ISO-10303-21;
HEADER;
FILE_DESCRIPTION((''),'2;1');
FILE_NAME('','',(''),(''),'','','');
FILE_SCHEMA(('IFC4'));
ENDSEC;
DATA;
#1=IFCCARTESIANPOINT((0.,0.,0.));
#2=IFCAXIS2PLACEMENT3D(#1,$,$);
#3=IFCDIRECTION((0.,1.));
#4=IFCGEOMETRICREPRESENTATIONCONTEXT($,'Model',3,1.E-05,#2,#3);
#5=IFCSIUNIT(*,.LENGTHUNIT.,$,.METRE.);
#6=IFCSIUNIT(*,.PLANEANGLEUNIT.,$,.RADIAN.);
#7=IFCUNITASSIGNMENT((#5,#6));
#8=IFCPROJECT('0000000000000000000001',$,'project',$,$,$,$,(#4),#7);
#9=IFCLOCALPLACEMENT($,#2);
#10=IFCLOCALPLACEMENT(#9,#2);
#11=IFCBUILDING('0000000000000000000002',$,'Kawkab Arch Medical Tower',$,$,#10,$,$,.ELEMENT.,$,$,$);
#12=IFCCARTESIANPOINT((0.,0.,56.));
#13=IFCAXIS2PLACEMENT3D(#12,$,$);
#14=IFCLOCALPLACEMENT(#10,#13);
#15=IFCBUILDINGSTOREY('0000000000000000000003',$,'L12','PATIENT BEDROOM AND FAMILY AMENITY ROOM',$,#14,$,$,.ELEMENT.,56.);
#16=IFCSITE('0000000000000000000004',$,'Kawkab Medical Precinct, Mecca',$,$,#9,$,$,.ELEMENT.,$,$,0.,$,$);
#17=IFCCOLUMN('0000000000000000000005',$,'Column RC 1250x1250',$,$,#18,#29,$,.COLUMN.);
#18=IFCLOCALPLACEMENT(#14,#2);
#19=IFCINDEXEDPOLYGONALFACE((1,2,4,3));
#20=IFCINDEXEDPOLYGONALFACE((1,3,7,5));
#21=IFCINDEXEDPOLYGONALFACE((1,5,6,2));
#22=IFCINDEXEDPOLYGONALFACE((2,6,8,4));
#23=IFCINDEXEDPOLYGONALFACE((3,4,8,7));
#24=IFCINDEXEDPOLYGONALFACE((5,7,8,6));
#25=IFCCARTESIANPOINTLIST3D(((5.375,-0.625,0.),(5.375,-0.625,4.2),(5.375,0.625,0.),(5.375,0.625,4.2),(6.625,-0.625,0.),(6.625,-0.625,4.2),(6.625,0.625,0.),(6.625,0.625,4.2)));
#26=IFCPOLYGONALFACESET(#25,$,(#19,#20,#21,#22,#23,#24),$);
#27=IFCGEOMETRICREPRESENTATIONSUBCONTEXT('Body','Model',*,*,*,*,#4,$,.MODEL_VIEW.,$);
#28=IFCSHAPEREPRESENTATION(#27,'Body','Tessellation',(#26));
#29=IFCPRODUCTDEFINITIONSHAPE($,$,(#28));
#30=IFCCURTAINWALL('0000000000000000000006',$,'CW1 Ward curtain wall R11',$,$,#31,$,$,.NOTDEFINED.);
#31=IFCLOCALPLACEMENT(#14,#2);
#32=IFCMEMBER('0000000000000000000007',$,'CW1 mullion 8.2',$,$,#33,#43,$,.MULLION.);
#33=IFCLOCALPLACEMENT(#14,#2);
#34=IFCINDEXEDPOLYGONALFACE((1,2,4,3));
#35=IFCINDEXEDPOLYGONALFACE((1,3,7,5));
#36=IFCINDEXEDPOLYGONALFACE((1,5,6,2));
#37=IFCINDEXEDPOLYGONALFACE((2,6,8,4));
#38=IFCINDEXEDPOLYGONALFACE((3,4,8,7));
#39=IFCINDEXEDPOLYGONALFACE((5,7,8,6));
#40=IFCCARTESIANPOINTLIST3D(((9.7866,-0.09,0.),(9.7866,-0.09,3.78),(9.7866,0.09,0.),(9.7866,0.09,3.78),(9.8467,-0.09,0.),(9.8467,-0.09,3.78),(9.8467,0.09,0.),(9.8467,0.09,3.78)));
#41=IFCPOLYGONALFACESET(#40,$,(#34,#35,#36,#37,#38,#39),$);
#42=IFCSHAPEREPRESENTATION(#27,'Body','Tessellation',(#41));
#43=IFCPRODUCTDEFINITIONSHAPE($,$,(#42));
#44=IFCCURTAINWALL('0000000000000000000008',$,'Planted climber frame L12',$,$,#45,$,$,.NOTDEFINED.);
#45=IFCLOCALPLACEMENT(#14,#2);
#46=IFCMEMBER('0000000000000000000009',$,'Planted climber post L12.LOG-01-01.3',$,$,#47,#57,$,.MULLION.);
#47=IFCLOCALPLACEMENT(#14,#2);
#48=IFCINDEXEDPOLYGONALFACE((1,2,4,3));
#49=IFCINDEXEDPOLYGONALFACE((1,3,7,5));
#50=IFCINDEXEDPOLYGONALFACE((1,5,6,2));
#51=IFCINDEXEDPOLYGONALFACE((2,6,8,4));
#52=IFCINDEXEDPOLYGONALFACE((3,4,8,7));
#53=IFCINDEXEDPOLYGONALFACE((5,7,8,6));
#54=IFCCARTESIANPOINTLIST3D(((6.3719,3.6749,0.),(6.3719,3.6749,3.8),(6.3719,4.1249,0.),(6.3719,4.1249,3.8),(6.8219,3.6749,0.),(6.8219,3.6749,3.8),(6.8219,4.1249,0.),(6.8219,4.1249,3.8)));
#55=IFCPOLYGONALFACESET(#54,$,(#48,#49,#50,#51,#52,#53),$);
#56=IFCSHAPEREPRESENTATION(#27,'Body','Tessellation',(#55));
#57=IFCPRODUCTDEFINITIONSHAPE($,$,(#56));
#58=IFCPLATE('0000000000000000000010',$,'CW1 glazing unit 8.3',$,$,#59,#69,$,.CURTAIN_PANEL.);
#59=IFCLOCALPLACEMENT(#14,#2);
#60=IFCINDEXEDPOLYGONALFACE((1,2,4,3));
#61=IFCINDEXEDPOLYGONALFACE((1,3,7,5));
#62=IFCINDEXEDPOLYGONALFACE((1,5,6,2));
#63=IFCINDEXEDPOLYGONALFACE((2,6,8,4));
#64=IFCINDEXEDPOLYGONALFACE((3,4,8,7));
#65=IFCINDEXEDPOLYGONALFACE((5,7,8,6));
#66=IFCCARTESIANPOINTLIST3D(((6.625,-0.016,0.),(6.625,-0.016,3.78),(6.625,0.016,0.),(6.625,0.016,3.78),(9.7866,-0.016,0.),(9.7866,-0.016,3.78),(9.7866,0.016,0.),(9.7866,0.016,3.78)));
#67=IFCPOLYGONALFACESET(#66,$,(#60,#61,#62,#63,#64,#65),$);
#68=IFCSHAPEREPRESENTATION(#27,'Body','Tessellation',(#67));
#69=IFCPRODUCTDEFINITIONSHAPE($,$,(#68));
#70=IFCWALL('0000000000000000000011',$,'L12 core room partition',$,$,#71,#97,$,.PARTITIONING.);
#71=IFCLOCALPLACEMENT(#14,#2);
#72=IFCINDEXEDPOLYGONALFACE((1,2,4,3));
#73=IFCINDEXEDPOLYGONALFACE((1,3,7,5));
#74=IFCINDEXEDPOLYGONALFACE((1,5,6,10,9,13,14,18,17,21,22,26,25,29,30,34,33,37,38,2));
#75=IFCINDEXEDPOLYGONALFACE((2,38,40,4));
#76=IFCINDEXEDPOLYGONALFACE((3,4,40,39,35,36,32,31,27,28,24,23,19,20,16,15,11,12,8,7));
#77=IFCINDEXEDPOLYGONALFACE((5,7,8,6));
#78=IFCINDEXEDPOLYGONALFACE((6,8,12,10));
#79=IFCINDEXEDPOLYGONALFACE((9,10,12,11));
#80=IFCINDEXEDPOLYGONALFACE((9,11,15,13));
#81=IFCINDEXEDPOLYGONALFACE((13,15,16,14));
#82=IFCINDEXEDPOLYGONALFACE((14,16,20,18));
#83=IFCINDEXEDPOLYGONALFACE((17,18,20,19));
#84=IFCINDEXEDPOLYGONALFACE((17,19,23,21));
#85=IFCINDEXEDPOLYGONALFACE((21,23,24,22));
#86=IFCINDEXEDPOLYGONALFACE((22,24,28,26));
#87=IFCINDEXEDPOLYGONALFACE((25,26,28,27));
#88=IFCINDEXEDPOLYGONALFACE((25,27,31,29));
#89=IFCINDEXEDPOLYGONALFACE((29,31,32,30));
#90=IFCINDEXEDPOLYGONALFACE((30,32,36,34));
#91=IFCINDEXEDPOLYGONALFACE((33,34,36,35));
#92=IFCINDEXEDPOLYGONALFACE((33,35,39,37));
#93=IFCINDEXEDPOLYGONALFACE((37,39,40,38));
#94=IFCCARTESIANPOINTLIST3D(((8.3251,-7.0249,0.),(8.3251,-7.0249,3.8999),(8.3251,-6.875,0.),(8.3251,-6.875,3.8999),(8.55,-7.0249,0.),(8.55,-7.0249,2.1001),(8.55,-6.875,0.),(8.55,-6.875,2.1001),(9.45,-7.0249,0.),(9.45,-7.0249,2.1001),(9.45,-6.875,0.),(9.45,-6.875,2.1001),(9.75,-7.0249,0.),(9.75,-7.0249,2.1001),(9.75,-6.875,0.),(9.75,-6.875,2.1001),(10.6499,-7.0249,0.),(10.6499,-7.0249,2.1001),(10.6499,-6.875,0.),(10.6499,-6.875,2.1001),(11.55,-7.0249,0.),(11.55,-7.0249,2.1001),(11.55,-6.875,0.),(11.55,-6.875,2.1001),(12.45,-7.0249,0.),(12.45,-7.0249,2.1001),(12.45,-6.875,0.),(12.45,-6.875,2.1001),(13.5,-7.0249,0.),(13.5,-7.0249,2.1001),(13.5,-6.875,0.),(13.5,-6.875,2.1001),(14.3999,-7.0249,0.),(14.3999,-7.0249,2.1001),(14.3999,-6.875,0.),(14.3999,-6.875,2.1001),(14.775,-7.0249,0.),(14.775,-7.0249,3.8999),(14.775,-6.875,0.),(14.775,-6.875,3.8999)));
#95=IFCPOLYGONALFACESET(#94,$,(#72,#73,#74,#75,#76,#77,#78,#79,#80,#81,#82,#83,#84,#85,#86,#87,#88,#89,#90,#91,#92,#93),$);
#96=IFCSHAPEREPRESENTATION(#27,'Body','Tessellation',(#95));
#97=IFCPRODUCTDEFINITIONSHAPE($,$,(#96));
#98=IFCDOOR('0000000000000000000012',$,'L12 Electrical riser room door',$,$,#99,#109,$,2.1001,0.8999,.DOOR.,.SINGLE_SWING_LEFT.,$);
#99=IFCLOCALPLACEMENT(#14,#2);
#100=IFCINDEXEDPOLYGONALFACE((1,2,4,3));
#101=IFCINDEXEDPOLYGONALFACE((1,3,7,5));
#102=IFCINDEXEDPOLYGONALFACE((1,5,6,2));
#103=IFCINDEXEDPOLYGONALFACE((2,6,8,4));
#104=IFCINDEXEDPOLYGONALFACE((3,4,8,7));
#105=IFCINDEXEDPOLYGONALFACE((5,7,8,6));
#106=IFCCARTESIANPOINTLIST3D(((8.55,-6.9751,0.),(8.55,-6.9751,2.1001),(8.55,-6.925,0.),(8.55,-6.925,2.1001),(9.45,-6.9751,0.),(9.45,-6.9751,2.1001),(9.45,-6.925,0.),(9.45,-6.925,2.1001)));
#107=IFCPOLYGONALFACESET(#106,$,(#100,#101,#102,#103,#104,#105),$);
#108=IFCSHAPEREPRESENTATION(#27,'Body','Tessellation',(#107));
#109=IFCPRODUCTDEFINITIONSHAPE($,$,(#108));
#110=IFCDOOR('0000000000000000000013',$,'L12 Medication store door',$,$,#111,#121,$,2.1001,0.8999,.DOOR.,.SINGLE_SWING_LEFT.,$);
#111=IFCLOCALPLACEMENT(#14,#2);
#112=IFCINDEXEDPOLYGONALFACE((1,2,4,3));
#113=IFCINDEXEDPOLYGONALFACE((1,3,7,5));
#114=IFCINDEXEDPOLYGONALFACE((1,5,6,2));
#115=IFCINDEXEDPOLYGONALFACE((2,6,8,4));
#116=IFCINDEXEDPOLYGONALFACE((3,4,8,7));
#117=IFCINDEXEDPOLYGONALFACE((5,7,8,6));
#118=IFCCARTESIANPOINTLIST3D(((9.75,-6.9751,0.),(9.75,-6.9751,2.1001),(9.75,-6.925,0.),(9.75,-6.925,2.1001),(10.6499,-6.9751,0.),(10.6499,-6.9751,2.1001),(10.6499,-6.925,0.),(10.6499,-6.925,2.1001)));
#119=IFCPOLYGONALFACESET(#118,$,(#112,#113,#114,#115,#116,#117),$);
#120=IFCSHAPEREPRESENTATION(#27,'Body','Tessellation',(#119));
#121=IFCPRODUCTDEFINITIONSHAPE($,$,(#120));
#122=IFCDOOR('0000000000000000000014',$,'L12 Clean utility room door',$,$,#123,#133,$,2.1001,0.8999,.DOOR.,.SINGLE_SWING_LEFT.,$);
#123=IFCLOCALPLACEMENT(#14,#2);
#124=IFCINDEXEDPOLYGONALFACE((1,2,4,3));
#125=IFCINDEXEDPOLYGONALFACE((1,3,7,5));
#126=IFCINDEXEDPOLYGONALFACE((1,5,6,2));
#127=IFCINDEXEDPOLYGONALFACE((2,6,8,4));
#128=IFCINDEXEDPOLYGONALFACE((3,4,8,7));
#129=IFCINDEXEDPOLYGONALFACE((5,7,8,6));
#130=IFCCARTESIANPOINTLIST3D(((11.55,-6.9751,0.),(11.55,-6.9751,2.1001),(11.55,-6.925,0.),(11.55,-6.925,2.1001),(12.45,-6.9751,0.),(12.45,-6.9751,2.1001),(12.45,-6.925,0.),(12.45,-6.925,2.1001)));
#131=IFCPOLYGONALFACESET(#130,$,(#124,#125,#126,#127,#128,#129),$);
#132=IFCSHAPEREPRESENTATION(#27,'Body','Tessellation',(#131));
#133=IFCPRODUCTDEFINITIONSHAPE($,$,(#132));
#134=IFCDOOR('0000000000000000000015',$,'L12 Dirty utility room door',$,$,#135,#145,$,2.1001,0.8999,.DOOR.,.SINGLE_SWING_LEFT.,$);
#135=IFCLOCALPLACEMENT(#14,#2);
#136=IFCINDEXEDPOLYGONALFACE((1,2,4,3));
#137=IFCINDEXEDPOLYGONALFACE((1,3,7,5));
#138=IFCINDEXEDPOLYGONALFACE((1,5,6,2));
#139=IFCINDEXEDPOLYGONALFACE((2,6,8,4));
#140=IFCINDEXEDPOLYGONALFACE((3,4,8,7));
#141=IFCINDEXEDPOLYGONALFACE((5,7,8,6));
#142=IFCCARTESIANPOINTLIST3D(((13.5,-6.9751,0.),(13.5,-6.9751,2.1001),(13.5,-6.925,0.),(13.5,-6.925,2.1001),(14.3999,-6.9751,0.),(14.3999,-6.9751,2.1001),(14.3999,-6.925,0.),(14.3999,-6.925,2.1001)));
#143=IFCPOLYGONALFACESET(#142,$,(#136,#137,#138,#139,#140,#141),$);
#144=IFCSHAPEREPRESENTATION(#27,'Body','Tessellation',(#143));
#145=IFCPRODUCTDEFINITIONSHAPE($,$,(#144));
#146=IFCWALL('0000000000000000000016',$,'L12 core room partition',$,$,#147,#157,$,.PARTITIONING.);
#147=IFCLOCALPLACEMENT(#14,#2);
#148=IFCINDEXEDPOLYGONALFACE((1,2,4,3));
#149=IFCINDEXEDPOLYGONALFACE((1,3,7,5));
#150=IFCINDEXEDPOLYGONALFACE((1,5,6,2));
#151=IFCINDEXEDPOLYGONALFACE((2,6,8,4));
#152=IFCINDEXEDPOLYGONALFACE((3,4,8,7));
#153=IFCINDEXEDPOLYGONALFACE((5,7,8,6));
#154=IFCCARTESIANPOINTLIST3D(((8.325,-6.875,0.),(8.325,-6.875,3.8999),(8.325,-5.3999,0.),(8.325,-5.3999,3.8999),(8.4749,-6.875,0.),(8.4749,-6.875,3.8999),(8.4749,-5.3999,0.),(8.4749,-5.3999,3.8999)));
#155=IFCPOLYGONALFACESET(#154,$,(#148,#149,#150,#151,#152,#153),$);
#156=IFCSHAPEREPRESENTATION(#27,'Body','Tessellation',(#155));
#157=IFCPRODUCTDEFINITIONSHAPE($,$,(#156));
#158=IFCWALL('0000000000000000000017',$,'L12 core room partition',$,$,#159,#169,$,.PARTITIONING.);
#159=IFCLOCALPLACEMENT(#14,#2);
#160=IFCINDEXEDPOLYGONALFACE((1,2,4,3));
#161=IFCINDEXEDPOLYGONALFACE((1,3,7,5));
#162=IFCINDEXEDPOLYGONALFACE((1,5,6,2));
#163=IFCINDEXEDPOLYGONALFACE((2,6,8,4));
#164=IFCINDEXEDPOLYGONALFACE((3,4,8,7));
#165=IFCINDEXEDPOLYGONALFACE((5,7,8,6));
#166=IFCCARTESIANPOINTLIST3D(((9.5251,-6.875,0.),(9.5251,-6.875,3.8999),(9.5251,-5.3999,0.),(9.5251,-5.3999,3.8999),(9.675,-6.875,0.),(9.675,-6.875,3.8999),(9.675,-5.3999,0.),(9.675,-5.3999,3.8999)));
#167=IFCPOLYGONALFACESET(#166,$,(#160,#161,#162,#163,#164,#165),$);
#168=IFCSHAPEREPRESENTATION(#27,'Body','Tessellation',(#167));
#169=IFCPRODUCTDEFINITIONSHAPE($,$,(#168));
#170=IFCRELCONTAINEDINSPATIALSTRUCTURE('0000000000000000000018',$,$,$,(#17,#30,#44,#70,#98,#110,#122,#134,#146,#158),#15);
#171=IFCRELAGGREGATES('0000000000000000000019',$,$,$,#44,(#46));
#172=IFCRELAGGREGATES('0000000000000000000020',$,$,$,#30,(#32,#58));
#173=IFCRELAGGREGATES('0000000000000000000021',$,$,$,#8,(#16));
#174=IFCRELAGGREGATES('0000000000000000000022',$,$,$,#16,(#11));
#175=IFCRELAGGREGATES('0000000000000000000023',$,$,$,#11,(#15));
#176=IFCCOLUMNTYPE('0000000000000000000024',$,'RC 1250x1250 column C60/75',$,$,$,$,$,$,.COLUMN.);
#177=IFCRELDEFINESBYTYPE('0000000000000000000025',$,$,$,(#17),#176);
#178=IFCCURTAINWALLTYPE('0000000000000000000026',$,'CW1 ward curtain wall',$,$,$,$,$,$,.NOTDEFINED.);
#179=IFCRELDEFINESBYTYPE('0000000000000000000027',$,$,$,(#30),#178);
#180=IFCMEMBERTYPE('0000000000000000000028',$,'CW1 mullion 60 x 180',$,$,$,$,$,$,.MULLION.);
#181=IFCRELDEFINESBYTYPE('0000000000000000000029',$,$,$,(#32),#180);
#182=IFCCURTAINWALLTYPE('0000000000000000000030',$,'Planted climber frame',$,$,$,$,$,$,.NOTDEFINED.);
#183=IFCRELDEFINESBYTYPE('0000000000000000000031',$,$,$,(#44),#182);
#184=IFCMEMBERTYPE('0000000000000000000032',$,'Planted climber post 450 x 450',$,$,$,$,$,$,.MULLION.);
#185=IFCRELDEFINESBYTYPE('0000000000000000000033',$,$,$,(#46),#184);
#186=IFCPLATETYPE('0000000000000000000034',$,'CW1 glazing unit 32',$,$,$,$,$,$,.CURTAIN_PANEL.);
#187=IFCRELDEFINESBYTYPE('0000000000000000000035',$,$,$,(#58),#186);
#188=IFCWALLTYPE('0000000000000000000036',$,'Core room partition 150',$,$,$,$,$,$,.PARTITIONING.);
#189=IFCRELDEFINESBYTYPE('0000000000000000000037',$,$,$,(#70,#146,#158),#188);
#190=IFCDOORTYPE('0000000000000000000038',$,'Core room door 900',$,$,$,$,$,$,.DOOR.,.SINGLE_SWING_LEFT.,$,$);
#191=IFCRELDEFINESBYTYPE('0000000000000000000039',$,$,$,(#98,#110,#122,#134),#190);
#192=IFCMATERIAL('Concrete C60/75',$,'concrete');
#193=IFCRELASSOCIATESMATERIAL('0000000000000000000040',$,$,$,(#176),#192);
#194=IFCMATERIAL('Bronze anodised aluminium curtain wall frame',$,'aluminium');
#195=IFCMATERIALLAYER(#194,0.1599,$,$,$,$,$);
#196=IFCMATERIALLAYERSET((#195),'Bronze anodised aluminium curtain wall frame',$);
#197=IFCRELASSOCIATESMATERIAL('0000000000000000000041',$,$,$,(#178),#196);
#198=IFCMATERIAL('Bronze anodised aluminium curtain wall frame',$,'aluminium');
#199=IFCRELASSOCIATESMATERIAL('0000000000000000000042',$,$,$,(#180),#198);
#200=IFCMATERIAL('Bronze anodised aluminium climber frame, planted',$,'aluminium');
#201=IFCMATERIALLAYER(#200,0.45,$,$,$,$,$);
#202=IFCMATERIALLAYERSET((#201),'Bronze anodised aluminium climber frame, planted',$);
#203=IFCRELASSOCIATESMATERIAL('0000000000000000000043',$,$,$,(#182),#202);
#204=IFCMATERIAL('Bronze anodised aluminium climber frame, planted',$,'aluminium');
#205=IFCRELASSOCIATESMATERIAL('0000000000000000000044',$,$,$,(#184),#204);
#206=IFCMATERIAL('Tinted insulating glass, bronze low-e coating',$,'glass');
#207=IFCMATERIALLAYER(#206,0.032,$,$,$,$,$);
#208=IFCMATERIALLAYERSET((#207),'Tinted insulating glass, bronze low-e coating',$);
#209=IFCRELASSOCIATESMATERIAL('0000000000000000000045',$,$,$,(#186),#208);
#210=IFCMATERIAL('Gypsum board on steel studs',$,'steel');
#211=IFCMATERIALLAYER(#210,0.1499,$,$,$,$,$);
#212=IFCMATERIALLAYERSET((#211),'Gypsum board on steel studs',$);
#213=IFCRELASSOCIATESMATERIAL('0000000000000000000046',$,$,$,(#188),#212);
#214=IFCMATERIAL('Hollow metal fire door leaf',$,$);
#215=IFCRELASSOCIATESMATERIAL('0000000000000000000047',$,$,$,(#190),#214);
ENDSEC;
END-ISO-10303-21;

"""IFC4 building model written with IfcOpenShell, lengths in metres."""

from ifc_helpers import new_model, si_unit, direction, frame, frame_2d, origin, origin_2d, place, context, subcontext, project, spatial, rectangle, extrude, material, layer, layer_set, material_profile, profile_set, type_object, element, fill, aggregate, save


model = new_model("IFC4")

# Units and contexts
model_context = context("Model", 3, precision=1e-05, world=origin(), true_north=direction((0.0, 1.0)))
body_context = subcontext(model_context, "Body", "Model", "MODEL_VIEW")
ifc_project = project(units=[si_unit("LENGTHUNIT", "METRE"), si_unit("PLANEANGLEUNIT", "RADIAN")], contexts=[model_context])

# Site, building, storey
site_placement = place(None, origin())
site = spatial("IfcSite", under=ifc_project, at=site_placement, Name="Kawkab Medical Precinct, Mecca", CompositionType="ELEMENT", RefElevation=0.0)
building_placement = place(site_placement, origin())
building = spatial("IfcBuilding", under=site, at=building_placement, Name="Kawkab Arch Medical Tower", CompositionType="ELEMENT")
storey_placement = place(building_placement, frame((0.0, 0.0, 56.0)))
storey = spatial("IfcBuildingStorey", under=building, at=storey_placement, Name="L12", Description="PATIENT BEDROOM AND FAMILY AMENITY ROOM", CompositionType="ELEMENT", Elevation=56.0)

# Column
ifc_material_1 = material(Name="Concrete C60/75", Category="concrete")
ifc_material_profile_1 = material_profile(ifc_material_1, rectangle(XDim=1.25, YDim=1.25, at=origin_2d()), Name="RC 1250x1250")
ifc_profile_set_1 = profile_set([ifc_material_profile_1], Name="Concrete C60/75")
column_type = type_object("IfcColumnType", Name="RC 1250x1250 column C60/75", PredefinedType="COLUMN", material=ifc_profile_set_1)
column_placement = place(storey_placement, frame((6.0, 0.0, 0.0), z_axis=(0.0, 0.0, 1.0), x_axis=(1.0, 0.0, 0.0)))
element("IfcColumn", 1, at=column_placement, inside=storey, type_object=column_type, Name="Column RC 1250x1250", PredefinedType="COLUMN", context=body_context, shape_type="SweptSolid", body=[
    extrude(rectangle(XDim=1.25, YDim=1.25, at=origin_2d()), origin(), (0.0, 0.0, 1.0), 4.2),
])

# Curtain walls, members
ifc_material_2 = material(Name="Bronze anodised aluminium curtain wall frame", Category="aluminium")
ifc_layer_1 = layer(ifc_material_2, 0.1599)
ifc_layer_set_1 = layer_set([ifc_layer_1], Name="Bronze anodised aluminium curtain wall frame")
curtain_wall_type_1 = type_object("IfcCurtainWallType", Name="CW1 ward curtain wall", PredefinedType="NOTDEFINED", material=ifc_layer_set_1)
placement = place(storey_placement, origin())
curtain_wall_1 = element("IfcCurtainWall", 2, at=placement, inside=storey, type_object=curtain_wall_type_1, Name="CW1 Ward curtain wall R11", PredefinedType="NOTDEFINED")
ifc_material_3 = material(Name="Bronze anodised aluminium curtain wall frame", Category="aluminium")
ifc_material_profile_2 = material_profile(ifc_material_3, rectangle(XDim=0.1799, YDim=0.0601, at=origin_2d()), Name="AL 60x180")
ifc_profile_set_2 = profile_set([ifc_material_profile_2], Name="Bronze anodised aluminium curtain wall frame")
member_type_1 = type_object("IfcMemberType", Name="CW1 mullion 60 x 180", PredefinedType="MULLION", material=ifc_profile_set_2)
member_1_placement = place(storey_placement, frame((9.8167, 0.0, 0.0), z_axis=(0.0, 0.0, 1.0), x_axis=(0.0, -1.0, 0.0)))
member_1 = element("IfcMember", 3, at=member_1_placement, type_object=member_type_1, Name="CW1 mullion 8.2", PredefinedType="MULLION", context=body_context, shape_type="SweptSolid", body=[
    extrude(rectangle(XDim=0.1799, YDim=0.0601, at=origin_2d()), origin(), (0.0, 0.0, 1.0), 3.78),
])
ifc_material_4 = material(Name="Bronze anodised aluminium climber frame, planted", Category="aluminium")
ifc_layer_2 = layer(ifc_material_4, 0.45)
ifc_layer_set_2 = layer_set([ifc_layer_2], Name="Bronze anodised aluminium climber frame, planted")
curtain_wall_type_2 = type_object("IfcCurtainWallType", Name="Planted climber frame", PredefinedType="NOTDEFINED", material=ifc_layer_set_2)
curtain_wall_2 = element("IfcCurtainWall", 4, at=placement, inside=storey, type_object=curtain_wall_type_2, Name="Planted climber frame L12", PredefinedType="NOTDEFINED")
ifc_material_5 = material(Name="Bronze anodised aluminium climber frame, planted", Category="aluminium")
ifc_material_profile_3 = material_profile(ifc_material_5, rectangle(XDim=0.45, YDim=0.45, at=origin_2d()), Name="Post 450x450")
ifc_profile_set_3 = profile_set([ifc_material_profile_3], Name="Bronze anodised aluminium climber frame, planted")
member_type_2 = type_object("IfcMemberType", Name="Planted climber post 450 x 450", PredefinedType="MULLION", material=ifc_profile_set_3)
member_2_placement = place(storey_placement, frame((6.5969, 3.8999, 0.0), z_axis=(0.0, 0.0, 1.0), x_axis=(1.0, 0.0, 0.0)))
member_2 = element("IfcMember", 5, at=member_2_placement, type_object=member_type_2, Name="Planted climber post L12.LOG-01-01.3", PredefinedType="MULLION", context=body_context, shape_type="SweptSolid", body=[
    extrude(rectangle(XDim=0.45, YDim=0.45, at=origin_2d()), origin(), (0.0, 0.0, 1.0), 3.8),
])
aggregate(curtain_wall_2, [member_2])

# Plate
ifc_material_6 = material(Name="Tinted insulating glass, bronze low-e coating", Category="glass")
ifc_layer_3 = layer(ifc_material_6, 0.032)
ifc_layer_set_3 = layer_set([ifc_layer_3], Name="Tinted insulating glass, bronze low-e coating")
plate_type = type_object("IfcPlateType", Name="CW1 glazing unit 32", PredefinedType="CURTAIN_PANEL", material=ifc_layer_set_3)
plate_placement = place(storey_placement, frame((8.2058, 0.0, 0.0), z_axis=(0.0, 0.0, 1.0), x_axis=(-1.0, 0.0, 0.0)))
plate = element("IfcPlate", 6, at=plate_placement, type_object=plate_type, Name="CW1 glazing unit 8.3", PredefinedType="CURTAIN_PANEL", context=body_context, shape_type="SweptSolid", body=[
    extrude(rectangle(XDim=3.1616, YDim=0.032, at=origin_2d()), origin(), (0.0, 0.0, 1.0), 3.78),
])
aggregate(curtain_wall_1, [member_1, plate])

# Wall, openings, doors
ifc_material_7 = material(Name="Gypsum board on steel studs", Category="steel")
ifc_layer_4 = layer(ifc_material_7, 0.1499)
ifc_layer_set_4 = layer_set([ifc_layer_4], Name="Gypsum board on steel studs")
wall_type_1 = type_object("IfcWallType", Name="Core room partition 150", PredefinedType="PARTITIONING", material=ifc_layer_set_4)
wall_1_placement = place(storey_placement, frame((8.325, -6.95, 0.0), z_axis=(0.0, 0.0, 1.0), x_axis=(1.0, 0.0, 0.0)))
wall_1 = element("IfcWall", 7, at=wall_1_placement, inside=storey, type_object=wall_type_1, Name="L12 core room partition", PredefinedType="PARTITIONING", context=body_context, shape_type="SweptSolid", body=[
    extrude(rectangle(XDim=6.45, YDim=0.1499, at=frame_2d((3.2251, 0.0))), origin(), (0.0, 0.0, 1.0), 3.8999),
])
opening_1_placement = place(wall_1_placement, frame((0.2251, 0.0, 0.0)))
opening_1 = element("IfcOpeningElement", 8, at=opening_1_placement, cuts=wall_1, PredefinedType="OPENING", context=body_context, shape_type="SweptSolid", body=[
    extrude(rectangle(XDim=0.8999, YDim=2.1001, at=frame_2d((0.45, 1.05))), frame((0.0, 0.085, 0.0), z_axis=(0.0, -1.0, 0.0), x_axis=(1.0, 0.0, 0.0)), (0.0, 0.0, 1.0), 0.1699),
])
opening_2_placement = place(wall_1_placement, frame((1.425, 0.0, 0.0)))
opening_2 = element("IfcOpeningElement", 9, at=opening_2_placement, cuts=wall_1, PredefinedType="OPENING", context=body_context, shape_type="SweptSolid", body=[
    extrude(rectangle(XDim=0.8999, YDim=2.1001, at=frame_2d((0.45, 1.05))), frame((0.0, 0.085, 0.0), z_axis=(0.0, -1.0, 0.0), x_axis=(1.0, 0.0, 0.0)), (0.0, 0.0, 1.0), 0.1699),
])
opening_3_placement = place(wall_1_placement, frame((3.2251, 0.0, 0.0)))
opening_3 = element("IfcOpeningElement", 10, at=opening_3_placement, cuts=wall_1, PredefinedType="OPENING", context=body_context, shape_type="SweptSolid", body=[
    extrude(rectangle(XDim=0.8999, YDim=2.1001, at=frame_2d((0.45, 1.05))), frame((0.0, 0.085, 0.0), z_axis=(0.0, -1.0, 0.0), x_axis=(1.0, 0.0, 0.0)), (0.0, 0.0, 1.0), 0.1699),
])
opening_4_placement = place(wall_1_placement, frame((5.175, 0.0, 0.0)))
opening_4 = element("IfcOpeningElement", 11, at=opening_4_placement, cuts=wall_1, PredefinedType="OPENING", context=body_context, shape_type="SweptSolid", body=[
    extrude(rectangle(XDim=0.8999, YDim=2.1001, at=frame_2d((0.45, 1.05))), frame((0.0, 0.085, 0.0), z_axis=(0.0, -1.0, 0.0), x_axis=(1.0, 0.0, 0.0)), (0.0, 0.0, 1.0), 0.1699),
])
ifc_material_8 = material(Name="Hollow metal fire door leaf")
door_type = type_object("IfcDoorType", Name="Core room door 900", OperationType="SINGLE_SWING_LEFT", PredefinedType="DOOR", material=ifc_material_8)
door_1_placement = place(opening_1_placement, origin())
door_1 = element("IfcDoor", 12, at=door_1_placement, inside=storey, type_object=door_type, Name="L12 Electrical riser room door", OperationType="SINGLE_SWING_LEFT", OverallHeight=2.1001, OverallWidth=0.8999, PredefinedType="DOOR", context=body_context, shape_type="SweptSolid", body=[
    extrude(rectangle(XDim=0.8999, YDim=2.1001, at=frame_2d((0.45, 1.05))), frame((0.0, 0.0249, 0.0), z_axis=(0.0, -1.0, 0.0), x_axis=(1.0, 0.0, 0.0)), (0.0, 0.0, 1.0), 0.05),
])
fill(opening_1, door_1)
door_2_placement = place(opening_2_placement, origin())
door_2 = element("IfcDoor", 13, at=door_2_placement, inside=storey, type_object=door_type, Name="L12 Medication store door", OperationType="SINGLE_SWING_LEFT", OverallHeight=2.1001, OverallWidth=0.8999, PredefinedType="DOOR", context=body_context, shape_type="SweptSolid", body=[
    extrude(rectangle(XDim=0.8999, YDim=2.1001, at=frame_2d((0.45, 1.05))), frame((0.0, 0.0249, 0.0), z_axis=(0.0, -1.0, 0.0), x_axis=(1.0, 0.0, 0.0)), (0.0, 0.0, 1.0), 0.05),
])
fill(opening_2, door_2)
door_3_placement = place(opening_3_placement, origin())
door_3 = element("IfcDoor", 14, at=door_3_placement, inside=storey, type_object=door_type, Name="L12 Clean utility room door", OperationType="SINGLE_SWING_LEFT", OverallHeight=2.1001, OverallWidth=0.8999, PredefinedType="DOOR", context=body_context, shape_type="SweptSolid", body=[
    extrude(rectangle(XDim=0.8999, YDim=2.1001, at=frame_2d((0.45, 1.05))), frame((0.0, 0.0249, 0.0), z_axis=(0.0, -1.0, 0.0), x_axis=(1.0, 0.0, 0.0)), (0.0, 0.0, 1.0), 0.05),
])
fill(opening_3, door_3)
door_4_placement = place(opening_4_placement, origin())
door_4 = element("IfcDoor", 15, at=door_4_placement, inside=storey, type_object=door_type, Name="L12 Dirty utility room door", OperationType="SINGLE_SWING_LEFT", OverallHeight=2.1001, OverallWidth=0.8999, PredefinedType="DOOR", context=body_context, shape_type="SweptSolid", body=[
    extrude(rectangle(XDim=0.8999, YDim=2.1001, at=frame_2d((0.45, 1.05))), frame((0.0, 0.0249, 0.0), z_axis=(0.0, -1.0, 0.0), x_axis=(1.0, 0.0, 0.0)), (0.0, 0.0, 1.0), 0.05),
])
fill(opening_4, door_4)

# Walls
for number, where, z_axis, x_axis, name in (
    (16, (8.3999, -6.875, 0.0), (0.0, 0.0, 1.0), (0.0, 1.0, 0.0), "L12 core room partition"),
    (17, (9.6001, -6.875, 0.0), (0.0, 0.0, 1.0), (0.0, 1.0, 0.0), "L12 core room partition"),
):
    element("IfcWall", number, at=place(storey_placement, frame(where, z_axis=z_axis, x_axis=x_axis)), inside=storey, type_object=wall_type_1, Name=name, PredefinedType="PARTITIONING", context=body_context, shape_type="SweptSolid", body=[
        extrude(rectangle(XDim=1.4751, YDim=0.1499, at=frame_2d((0.7375, 0.0))), origin(), (0.0, 0.0, 1.0), 3.8999),
    ])

save(model, "model.ifc")
